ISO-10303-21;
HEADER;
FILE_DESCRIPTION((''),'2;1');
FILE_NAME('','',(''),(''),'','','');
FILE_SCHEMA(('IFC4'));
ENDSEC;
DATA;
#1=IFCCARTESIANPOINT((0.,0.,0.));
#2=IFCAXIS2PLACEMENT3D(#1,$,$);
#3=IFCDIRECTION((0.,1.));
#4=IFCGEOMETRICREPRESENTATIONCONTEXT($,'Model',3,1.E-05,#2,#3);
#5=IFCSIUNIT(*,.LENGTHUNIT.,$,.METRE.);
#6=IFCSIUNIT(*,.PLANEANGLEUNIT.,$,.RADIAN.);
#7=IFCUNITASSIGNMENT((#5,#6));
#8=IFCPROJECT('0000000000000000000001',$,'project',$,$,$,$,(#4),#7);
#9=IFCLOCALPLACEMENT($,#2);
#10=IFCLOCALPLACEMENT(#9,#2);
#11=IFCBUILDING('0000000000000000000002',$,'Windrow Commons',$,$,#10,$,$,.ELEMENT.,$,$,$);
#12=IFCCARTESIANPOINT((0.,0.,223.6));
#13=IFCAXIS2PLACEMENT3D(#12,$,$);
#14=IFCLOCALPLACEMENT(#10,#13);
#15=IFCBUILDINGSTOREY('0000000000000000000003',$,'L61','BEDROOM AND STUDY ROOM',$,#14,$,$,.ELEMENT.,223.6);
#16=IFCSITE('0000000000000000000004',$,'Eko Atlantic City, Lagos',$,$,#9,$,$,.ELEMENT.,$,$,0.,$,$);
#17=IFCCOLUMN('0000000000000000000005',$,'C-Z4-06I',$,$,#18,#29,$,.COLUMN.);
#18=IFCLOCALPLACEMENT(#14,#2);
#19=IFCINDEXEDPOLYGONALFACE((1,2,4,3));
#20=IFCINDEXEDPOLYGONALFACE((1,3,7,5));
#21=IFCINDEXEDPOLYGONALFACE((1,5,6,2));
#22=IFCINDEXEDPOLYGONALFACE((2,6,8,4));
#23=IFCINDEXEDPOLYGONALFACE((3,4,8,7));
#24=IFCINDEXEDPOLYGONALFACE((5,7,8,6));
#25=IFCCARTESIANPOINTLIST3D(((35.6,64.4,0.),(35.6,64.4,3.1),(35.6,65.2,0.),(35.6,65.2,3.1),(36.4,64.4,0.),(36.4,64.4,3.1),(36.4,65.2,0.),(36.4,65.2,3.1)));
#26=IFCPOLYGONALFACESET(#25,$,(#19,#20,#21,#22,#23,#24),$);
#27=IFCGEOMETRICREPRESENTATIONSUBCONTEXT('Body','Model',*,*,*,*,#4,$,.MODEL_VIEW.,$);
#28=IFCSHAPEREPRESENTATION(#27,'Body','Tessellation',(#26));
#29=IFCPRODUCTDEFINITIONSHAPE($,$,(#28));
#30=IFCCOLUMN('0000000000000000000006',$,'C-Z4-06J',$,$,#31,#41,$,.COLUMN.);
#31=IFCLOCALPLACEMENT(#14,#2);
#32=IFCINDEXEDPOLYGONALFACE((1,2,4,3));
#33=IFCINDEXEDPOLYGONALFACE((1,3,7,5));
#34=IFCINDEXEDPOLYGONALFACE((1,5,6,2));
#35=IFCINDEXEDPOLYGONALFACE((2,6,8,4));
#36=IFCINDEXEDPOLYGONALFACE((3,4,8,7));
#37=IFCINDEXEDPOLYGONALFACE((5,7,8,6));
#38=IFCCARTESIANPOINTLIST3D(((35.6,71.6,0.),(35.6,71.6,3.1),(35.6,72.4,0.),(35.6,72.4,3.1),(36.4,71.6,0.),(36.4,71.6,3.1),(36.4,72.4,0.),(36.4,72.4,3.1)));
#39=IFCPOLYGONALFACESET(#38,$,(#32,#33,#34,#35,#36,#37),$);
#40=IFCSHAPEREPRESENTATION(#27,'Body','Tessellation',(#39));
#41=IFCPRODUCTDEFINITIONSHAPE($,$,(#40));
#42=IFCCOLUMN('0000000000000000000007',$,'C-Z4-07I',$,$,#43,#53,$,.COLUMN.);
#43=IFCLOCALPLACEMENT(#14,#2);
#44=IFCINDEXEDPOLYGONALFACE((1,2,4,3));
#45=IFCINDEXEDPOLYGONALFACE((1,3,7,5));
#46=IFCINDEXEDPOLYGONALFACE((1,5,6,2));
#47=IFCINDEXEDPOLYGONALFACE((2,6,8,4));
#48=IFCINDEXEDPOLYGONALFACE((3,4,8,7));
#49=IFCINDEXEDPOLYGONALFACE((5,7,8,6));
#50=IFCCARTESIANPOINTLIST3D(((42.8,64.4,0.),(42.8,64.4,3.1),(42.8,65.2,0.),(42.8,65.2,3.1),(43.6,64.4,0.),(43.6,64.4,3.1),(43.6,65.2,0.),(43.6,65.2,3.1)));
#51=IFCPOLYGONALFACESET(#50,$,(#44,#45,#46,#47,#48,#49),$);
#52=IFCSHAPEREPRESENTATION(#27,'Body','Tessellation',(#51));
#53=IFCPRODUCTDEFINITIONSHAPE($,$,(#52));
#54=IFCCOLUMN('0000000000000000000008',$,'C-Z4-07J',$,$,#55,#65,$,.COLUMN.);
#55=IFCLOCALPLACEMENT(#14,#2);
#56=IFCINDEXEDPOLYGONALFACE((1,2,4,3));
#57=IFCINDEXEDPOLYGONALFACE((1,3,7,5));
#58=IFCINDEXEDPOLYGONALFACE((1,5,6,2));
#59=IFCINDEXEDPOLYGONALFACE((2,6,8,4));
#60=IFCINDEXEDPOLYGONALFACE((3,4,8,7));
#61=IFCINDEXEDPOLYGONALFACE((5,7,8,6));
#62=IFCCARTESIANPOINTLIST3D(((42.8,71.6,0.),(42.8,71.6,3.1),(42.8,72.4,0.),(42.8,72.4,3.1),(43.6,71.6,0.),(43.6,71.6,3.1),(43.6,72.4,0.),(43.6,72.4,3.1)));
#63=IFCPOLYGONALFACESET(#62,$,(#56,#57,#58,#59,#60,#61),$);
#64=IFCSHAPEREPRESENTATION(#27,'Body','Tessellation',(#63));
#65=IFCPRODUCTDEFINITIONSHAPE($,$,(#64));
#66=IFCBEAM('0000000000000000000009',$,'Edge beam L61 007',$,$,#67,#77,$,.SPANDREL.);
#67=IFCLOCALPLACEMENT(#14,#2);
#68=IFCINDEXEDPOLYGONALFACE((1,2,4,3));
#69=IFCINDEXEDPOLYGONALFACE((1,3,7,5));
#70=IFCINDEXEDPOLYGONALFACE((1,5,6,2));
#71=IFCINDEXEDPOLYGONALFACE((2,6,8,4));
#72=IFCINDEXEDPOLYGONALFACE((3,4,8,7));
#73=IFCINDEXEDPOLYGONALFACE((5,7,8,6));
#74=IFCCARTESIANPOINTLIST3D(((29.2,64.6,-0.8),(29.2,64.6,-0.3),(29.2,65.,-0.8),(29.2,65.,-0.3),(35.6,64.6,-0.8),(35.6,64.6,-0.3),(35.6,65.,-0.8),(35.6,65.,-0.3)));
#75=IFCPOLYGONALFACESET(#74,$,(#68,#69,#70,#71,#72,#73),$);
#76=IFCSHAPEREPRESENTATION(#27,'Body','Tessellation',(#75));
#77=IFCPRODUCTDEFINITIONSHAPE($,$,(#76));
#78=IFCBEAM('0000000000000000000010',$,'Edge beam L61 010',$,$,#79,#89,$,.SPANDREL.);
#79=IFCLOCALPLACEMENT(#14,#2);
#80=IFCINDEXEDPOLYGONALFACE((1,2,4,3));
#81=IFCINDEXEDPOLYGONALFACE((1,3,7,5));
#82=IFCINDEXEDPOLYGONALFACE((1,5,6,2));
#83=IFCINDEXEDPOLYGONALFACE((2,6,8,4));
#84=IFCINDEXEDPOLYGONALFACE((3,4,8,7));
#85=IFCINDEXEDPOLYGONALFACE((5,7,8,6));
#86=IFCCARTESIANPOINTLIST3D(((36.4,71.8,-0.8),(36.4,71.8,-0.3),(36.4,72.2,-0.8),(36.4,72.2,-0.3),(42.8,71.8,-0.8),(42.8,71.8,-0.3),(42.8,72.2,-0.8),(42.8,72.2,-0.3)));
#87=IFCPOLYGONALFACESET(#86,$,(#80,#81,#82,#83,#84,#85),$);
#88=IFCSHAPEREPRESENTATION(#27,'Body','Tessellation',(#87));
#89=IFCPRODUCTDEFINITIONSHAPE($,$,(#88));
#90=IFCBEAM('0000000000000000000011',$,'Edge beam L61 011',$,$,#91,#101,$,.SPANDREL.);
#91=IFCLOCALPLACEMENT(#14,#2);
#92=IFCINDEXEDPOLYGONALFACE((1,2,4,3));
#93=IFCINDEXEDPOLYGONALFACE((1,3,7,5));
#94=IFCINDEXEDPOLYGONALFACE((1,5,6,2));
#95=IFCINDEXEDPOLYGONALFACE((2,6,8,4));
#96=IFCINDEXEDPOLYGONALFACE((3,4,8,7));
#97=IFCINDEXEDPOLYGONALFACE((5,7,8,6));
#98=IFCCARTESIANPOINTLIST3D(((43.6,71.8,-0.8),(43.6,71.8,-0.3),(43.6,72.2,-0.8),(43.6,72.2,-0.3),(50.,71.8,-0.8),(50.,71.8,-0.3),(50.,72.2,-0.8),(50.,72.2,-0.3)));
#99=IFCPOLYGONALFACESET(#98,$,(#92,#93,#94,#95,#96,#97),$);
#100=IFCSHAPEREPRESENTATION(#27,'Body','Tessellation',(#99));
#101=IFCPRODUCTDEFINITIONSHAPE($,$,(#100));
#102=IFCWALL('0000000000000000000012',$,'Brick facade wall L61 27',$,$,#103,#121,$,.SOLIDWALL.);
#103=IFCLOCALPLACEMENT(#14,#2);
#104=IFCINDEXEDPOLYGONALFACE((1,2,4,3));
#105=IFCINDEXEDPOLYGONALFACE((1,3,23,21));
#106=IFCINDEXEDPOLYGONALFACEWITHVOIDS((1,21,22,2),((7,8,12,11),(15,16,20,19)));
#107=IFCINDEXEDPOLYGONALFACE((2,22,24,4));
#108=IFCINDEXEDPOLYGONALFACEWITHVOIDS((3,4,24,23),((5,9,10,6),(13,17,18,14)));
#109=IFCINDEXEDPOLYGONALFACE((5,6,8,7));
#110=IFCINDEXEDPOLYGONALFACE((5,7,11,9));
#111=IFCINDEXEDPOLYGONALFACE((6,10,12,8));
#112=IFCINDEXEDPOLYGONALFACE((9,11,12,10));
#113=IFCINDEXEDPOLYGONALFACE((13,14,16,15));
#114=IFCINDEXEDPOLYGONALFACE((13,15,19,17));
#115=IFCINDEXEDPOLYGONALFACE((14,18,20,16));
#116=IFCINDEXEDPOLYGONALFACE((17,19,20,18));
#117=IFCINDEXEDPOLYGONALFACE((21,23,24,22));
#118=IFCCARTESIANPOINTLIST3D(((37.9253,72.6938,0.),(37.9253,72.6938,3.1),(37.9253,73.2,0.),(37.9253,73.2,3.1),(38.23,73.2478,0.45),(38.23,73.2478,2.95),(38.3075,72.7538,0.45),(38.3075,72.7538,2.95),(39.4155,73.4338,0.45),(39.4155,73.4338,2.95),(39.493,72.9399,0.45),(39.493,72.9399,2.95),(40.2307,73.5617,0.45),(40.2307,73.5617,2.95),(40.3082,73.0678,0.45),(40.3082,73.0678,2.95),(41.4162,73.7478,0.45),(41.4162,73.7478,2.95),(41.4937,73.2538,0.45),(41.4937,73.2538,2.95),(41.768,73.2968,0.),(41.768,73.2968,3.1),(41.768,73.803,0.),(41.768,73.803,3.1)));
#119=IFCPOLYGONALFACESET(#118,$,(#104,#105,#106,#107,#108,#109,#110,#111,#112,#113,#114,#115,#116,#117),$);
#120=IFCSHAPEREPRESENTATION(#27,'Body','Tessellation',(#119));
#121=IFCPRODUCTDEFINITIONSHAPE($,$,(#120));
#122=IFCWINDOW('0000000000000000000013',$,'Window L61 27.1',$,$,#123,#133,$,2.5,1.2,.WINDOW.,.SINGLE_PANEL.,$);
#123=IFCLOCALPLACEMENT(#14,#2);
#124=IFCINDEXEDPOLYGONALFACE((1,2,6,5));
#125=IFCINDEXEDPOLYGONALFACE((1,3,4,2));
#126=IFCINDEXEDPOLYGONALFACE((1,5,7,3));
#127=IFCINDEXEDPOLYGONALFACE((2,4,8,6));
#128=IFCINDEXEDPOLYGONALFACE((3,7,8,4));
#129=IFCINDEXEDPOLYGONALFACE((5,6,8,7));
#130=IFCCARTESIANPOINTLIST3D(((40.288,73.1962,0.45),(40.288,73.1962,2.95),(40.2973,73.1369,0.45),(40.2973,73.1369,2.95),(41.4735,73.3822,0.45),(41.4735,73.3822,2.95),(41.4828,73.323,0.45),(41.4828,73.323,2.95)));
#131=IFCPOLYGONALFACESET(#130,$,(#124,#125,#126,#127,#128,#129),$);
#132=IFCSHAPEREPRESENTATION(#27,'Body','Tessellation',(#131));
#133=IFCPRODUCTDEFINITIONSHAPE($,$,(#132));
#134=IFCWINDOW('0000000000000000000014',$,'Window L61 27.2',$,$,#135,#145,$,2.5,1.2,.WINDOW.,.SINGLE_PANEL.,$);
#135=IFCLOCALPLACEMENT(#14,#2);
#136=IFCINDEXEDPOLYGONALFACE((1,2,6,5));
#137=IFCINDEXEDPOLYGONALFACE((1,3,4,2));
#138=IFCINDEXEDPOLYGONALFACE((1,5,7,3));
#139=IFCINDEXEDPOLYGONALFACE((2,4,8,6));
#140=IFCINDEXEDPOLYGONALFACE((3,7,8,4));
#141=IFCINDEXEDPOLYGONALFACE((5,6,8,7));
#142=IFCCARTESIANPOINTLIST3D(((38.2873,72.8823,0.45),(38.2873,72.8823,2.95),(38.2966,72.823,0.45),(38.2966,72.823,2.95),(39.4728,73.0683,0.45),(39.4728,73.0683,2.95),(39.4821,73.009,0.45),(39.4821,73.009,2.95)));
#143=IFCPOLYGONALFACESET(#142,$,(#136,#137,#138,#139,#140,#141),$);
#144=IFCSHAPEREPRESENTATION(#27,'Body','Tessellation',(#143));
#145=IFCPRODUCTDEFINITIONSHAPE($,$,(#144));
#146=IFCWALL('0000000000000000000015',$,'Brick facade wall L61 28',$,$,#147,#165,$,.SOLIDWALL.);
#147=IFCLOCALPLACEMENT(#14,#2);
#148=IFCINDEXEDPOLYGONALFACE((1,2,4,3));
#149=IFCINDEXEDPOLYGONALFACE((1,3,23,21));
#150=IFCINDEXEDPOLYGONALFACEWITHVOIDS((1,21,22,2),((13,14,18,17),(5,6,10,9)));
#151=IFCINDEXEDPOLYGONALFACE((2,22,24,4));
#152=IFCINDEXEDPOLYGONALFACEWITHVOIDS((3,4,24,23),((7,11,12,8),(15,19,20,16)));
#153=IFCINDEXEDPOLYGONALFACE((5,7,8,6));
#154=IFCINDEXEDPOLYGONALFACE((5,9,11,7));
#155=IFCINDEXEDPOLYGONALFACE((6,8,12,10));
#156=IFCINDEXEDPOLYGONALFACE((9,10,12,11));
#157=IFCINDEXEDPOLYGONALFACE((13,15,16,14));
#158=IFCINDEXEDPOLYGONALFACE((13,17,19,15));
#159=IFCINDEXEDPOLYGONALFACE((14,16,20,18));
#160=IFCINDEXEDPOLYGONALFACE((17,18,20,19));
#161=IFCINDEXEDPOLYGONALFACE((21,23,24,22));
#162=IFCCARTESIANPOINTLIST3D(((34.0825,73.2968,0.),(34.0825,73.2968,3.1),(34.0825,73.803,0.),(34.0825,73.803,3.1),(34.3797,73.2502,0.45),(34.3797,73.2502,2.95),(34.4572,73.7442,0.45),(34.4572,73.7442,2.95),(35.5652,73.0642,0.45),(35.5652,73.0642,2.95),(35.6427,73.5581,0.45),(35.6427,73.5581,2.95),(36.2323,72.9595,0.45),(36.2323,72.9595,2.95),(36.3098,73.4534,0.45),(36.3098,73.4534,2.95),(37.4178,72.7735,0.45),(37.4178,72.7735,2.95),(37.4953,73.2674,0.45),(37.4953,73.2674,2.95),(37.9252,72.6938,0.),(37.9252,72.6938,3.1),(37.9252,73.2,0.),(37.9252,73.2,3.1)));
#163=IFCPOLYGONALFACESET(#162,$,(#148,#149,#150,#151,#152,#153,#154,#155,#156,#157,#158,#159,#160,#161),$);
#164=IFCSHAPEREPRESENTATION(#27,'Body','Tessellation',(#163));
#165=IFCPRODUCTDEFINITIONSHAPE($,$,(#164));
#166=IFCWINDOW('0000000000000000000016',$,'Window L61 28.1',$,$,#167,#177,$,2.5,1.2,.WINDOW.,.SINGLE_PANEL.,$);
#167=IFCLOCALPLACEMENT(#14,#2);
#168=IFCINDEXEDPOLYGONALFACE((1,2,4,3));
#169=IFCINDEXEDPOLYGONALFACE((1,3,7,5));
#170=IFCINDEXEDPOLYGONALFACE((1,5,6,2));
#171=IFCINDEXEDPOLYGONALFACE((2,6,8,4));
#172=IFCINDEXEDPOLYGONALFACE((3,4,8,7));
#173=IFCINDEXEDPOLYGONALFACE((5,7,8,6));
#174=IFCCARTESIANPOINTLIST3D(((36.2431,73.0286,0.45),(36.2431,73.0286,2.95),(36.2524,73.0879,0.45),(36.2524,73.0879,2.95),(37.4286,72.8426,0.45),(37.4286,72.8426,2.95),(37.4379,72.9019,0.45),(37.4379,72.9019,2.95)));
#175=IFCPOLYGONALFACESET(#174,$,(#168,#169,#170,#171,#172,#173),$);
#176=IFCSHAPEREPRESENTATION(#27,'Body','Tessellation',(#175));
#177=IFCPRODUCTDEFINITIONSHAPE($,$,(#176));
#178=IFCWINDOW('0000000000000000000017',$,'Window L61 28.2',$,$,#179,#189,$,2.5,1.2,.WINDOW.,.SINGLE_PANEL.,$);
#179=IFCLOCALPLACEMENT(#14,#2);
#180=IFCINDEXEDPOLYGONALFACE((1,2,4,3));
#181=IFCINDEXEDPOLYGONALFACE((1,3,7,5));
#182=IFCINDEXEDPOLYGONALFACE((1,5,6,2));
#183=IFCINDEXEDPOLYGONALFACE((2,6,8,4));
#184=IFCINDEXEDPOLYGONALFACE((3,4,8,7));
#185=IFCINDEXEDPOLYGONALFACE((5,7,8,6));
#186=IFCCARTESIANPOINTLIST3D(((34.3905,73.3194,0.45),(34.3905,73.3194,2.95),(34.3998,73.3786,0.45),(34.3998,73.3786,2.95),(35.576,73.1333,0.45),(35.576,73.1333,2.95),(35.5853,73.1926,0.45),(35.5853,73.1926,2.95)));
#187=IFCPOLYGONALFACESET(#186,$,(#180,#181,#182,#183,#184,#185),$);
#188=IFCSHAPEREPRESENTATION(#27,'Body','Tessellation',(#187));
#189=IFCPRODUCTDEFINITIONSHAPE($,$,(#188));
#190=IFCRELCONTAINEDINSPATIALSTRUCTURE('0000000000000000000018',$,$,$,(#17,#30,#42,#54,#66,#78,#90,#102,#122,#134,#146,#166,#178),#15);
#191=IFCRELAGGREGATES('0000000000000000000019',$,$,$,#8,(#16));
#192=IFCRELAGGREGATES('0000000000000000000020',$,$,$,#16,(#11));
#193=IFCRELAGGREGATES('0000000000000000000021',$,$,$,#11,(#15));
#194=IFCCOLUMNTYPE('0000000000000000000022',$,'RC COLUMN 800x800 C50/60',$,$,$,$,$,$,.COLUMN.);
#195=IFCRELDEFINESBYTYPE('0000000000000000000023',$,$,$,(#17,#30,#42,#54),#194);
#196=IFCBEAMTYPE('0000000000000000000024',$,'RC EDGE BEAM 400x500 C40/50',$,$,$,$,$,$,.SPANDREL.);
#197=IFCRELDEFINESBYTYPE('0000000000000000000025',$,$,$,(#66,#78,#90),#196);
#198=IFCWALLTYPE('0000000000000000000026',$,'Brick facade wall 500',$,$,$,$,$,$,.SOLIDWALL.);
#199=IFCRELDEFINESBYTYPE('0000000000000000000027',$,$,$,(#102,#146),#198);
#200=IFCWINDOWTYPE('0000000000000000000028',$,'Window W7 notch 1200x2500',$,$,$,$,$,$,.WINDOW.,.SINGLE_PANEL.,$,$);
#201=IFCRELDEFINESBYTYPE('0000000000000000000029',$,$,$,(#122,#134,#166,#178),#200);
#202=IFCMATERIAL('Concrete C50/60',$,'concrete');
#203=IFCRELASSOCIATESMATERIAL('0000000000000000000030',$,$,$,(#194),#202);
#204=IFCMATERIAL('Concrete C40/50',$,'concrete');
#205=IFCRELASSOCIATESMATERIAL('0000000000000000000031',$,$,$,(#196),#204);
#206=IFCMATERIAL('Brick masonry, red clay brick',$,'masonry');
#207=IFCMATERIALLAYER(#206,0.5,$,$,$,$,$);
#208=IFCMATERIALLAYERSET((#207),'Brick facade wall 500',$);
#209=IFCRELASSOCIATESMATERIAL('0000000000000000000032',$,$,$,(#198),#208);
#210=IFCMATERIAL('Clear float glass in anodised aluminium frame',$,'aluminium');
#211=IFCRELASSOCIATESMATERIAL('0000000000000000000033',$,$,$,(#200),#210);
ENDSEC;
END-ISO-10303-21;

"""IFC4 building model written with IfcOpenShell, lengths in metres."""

from ifc_helpers import new_model, si_unit, direction, frame, frame_2d, origin, origin_2d, place, context, subcontext, project, spatial, polyline, rectangle, outline, extrude, material, layer, layer_set, material_profile, profile_set, type_object, element, fill, save


model = new_model("IFC4")

# Units and contexts
model_context = context("Model", 3, precision=1e-05, world=origin(), true_north=direction((0.0, 1.0)))
body_context = subcontext(model_context, "Body", "Model", "MODEL_VIEW")
ifc_project = project(units=[si_unit("LENGTHUNIT", "METRE"), si_unit("PLANEANGLEUNIT", "RADIAN")], contexts=[model_context])

# Site, building, storey
site_placement = place(None, origin())
site = spatial("IfcSite", under=ifc_project, at=site_placement, Name="Eko Atlantic City, Lagos", CompositionType="ELEMENT", RefElevation=0.0)
building_placement = place(site_placement, origin())
building = spatial("IfcBuilding", under=site, at=building_placement, Name="Windrow Commons", CompositionType="ELEMENT")
storey_placement = place(building_placement, frame((0.0, 0.0, 223.6)))
storey = spatial("IfcBuildingStorey", under=building, at=storey_placement, Name="L61", Description="BEDROOM AND STUDY ROOM", CompositionType="ELEMENT", Elevation=223.6)

# Columns
ifc_material_1 = material(Name="Concrete C50/60", Category="concrete")
ifc_material_profile_1 = material_profile(ifc_material_1, rectangle(XDim=0.8, YDim=0.8, at=origin_2d()))
ifc_profile_set_1 = profile_set([ifc_material_profile_1], Name="Concrete C50/60")
column_type = type_object("IfcColumnType", Name="RC COLUMN 800x800 C50/60", PredefinedType="COLUMN", material=ifc_profile_set_1)
for number, where, z_axis, x_axis, name in (
    (1, (36.0, 64.8, 0.0), (0.0, 0.0, 1.0), (1.0, 0.0, 0.0), "C-Z4-06I"),
    (2, (36.0, 72.0, 0.0), (0.0, 0.0, 1.0), (1.0, 0.0, 0.0), "C-Z4-06J"),
    (3, (43.2, 64.8, 0.0), (0.0, 0.0, 1.0), (1.0, 0.0, 0.0), "C-Z4-07I"),
    (4, (43.2, 72.0, 0.0), (0.0, 0.0, 1.0), (1.0, 0.0, 0.0), "C-Z4-07J"),
):
    element("IfcColumn", number, at=place(storey_placement, frame(where, z_axis=z_axis, x_axis=x_axis)), inside=storey, type_object=column_type, Name=name, PredefinedType="COLUMN", context=body_context, shape_type="SweptSolid", body=[
        extrude(rectangle(XDim=0.8, YDim=0.8, at=origin_2d()), origin(), (0.0, 0.0, 1.0), 3.1),
    ])

# Beams
ifc_material_2 = material(Name="Concrete C40/50", Category="concrete")
ifc_material_profile_2 = material_profile(ifc_material_2, rectangle(XDim=0.4, YDim=0.5, at=origin_2d()))
ifc_profile_set_2 = profile_set([ifc_material_profile_2], Name="Concrete C40/50")
beam_type = type_object("IfcBeamType", Name="RC EDGE BEAM 400x500 C40/50", PredefinedType="SPANDREL", material=ifc_profile_set_2)
for number, where, z_axis, x_axis, name in (
    (5, (35.6, 64.8, -0.55), (-1.0, 0.0, 0.0), (0.0, -1.0, 0.0), "Edge beam L61 007"),
    (6, (36.4, 72.0, -0.55), (1.0, 0.0, 0.0), (0.0, 1.0, 0.0), "Edge beam L61 010"),
    (7, (43.6, 72.0, -0.55), (1.0, 0.0, 0.0), (0.0, 1.0, 0.0), "Edge beam L61 011"),
):
    element("IfcBeam", number, at=place(storey_placement, frame(where, z_axis=z_axis, x_axis=x_axis)), inside=storey, type_object=beam_type, Name=name, PredefinedType="SPANDREL", context=body_context, shape_type="SweptSolid", body=[
        extrude(rectangle(XDim=0.4, YDim=0.5, at=origin_2d()), origin(), (0.0, 0.0, 1.0), 6.4),
    ])

# Walls, openings, windows
ifc_material_3 = material(Name="Brick masonry, red clay brick", Category="masonry")
ifc_layer_1 = layer(ifc_material_3, 0.5)
ifc_layer_set_1 = layer_set([ifc_layer_1], Name="Brick facade wall 500")
wall_type_1 = type_object("IfcWallType", Name="Brick facade wall 500", PredefinedType="SOLIDWALL", material=ifc_layer_set_1)
wall_1_placement = place(storey_placement, frame((41.768, 73.5499, 0.0), z_axis=(0.0, 0.0, 1.0), x_axis=(-0.987911, -0.15502, 0.0)))
wall_1 = element("IfcWall", 8, at=wall_1_placement, inside=storey, type_object=wall_type_1, Name="Brick facade wall L61 27", PredefinedType="SOLIDWALL", context=body_context, shape_type="SweptSolid", body=[
    extrude(outline(polyline([(-0.0392, -0.25), (3.8505, -0.25), (3.929, 0.25), (0.0392, 0.25), (-0.0392, -0.25)])), origin(), (0.0, 0.0, 1.0), 3.1),
])
opening_1_placement = place(wall_1_placement, frame((0.3169, 0.0, 0.45)))
opening_1 = element("IfcOpeningElement", 9, at=opening_1_placement, cuts=wall_1, PredefinedType="OPENING", context=body_context, shape_type="SweptSolid", body=[
    extrude(rectangle(XDim=1.2, YDim=2.5, at=frame_2d((0.6, 1.25))), frame((0.0, 0.26, 0.0), z_axis=(0.0, -1.0, 0.0), x_axis=(1.0, 0.0, 0.0)), (0.0, 0.0, 1.0), 0.52),
])
opening_2_placement = place(wall_1_placement, frame((2.3421, 0.0, 0.45)))
opening_2 = element("IfcOpeningElement", 10, at=opening_2_placement, cuts=wall_1, PredefinedType="OPENING", context=body_context, shape_type="SweptSolid", body=[
    extrude(rectangle(XDim=1.2, YDim=2.5, at=frame_2d((0.6, 1.25))), frame((0.0, 0.26, 0.0), z_axis=(0.0, -1.0, 0.0), x_axis=(1.0, 0.0, 0.0)), (0.0, 0.0, 1.0), 0.52),
])
ifc_material_4 = material(Name="Clear float glass in anodised aluminium frame", Category="aluminium")
window_type = type_object("IfcWindowType", Name="Window W7 notch 1200x2500", PartitioningType="SINGLE_PANEL", PredefinedType="WINDOW", material=ifc_material_4)
window_1_placement = place(opening_1_placement, origin())
window_1 = element("IfcWindow", 11, at=window_1_placement, inside=storey, type_object=window_type, Name="Window L61 27.1", OverallHeight=2.5, OverallWidth=1.2, PartitioningType="SINGLE_PANEL", PredefinedType="WINDOW", context=body_context, shape_type="SweptSolid", body=[
    extrude(rectangle(XDim=1.2, YDim=2.5, at=frame_2d((0.6, 1.25))), frame((0.0, 0.18, 0.0), z_axis=(0.0, -1.0, 0.0), x_axis=(1.0, 0.0, 0.0)), (0.0, 0.0, 1.0), 0.06),
])
fill(opening_1, window_1)
window_2_placement = place(opening_2_placement, origin())
window_2 = element("IfcWindow", 12, at=window_2_placement, inside=storey, type_object=window_type, Name="Window L61 27.2", OverallHeight=2.5, OverallWidth=1.2, PartitioningType="SINGLE_PANEL", PredefinedType="WINDOW", context=body_context, shape_type="SweptSolid", body=[
    extrude(rectangle(XDim=1.2, YDim=2.5, at=frame_2d((0.6, 1.25))), frame((0.0, 0.18, 0.0), z_axis=(0.0, -1.0, 0.0), x_axis=(1.0, 0.0, 0.0)), (0.0, 0.0, 1.0), 0.06),
])
fill(opening_2, window_2)
wall_2_placement = place(storey_placement, frame((37.9252, 72.9469, 0.0), z_axis=(0.0, 0.0, 1.0), x_axis=(-0.987911, 0.155024, 0.0)))
wall_2 = element("IfcWall", 13, at=wall_2_placement, inside=storey, type_object=wall_type_1, Name="Brick facade wall L61 28", PredefinedType="SOLIDWALL", context=body_context, shape_type="SweptSolid", body=[
    extrude(outline(polyline([(0.0392, -0.25), (3.929, -0.25), (3.8505, 0.25), (-0.0392, 0.25), (0.0392, -0.25)])), origin(), (0.0, 0.0, 1.0), 3.1),
])
opening_3_placement = place(wall_2_placement, frame((0.4744, 0.0, 0.45)))
opening_3 = element("IfcOpeningElement", 14, at=opening_3_placement, cuts=wall_2, PredefinedType="OPENING", context=body_context, shape_type="SweptSolid", body=[
    extrude(rectangle(XDim=1.2, YDim=2.5, at=frame_2d((0.6, 1.25))), frame((0.0, 0.26, 0.0), z_axis=(0.0, -1.0, 0.0), x_axis=(1.0, 0.0, 0.0)), (0.0, 0.0, 1.0), 0.52),
])
opening_4_placement = place(wall_2_placement, frame((2.3497, 0.0, 0.45)))
opening_4 = element("IfcOpeningElement", 15, at=opening_4_placement, cuts=wall_2, PredefinedType="OPENING", context=body_context, shape_type="SweptSolid", body=[
    extrude(rectangle(XDim=1.2, YDim=2.5, at=frame_2d((0.6, 1.25))), frame((0.0, 0.26, 0.0), z_axis=(0.0, -1.0, 0.0), x_axis=(1.0, 0.0, 0.0)), (0.0, 0.0, 1.0), 0.52),
])
window_3_placement = place(opening_3_placement, origin())
window_3 = element("IfcWindow", 16, at=window_3_placement, inside=storey, type_object=window_type, Name="Window L61 28.1", OverallHeight=2.5, OverallWidth=1.2, PartitioningType="SINGLE_PANEL", PredefinedType="WINDOW", context=body_context, shape_type="SweptSolid", body=[
    extrude(rectangle(XDim=1.2, YDim=2.5, at=frame_2d((0.6, 1.25))), frame((0.0, 0.18, 0.0), z_axis=(0.0, -1.0, 0.0), x_axis=(1.0, 0.0, 0.0)), (0.0, 0.0, 1.0), 0.06),
])
fill(opening_3, window_3)
window_4_placement = place(opening_4_placement, origin())
window_4 = element("IfcWindow", 17, at=window_4_placement, inside=storey, type_object=window_type, Name="Window L61 28.2", OverallHeight=2.5, OverallWidth=1.2, PartitioningType="SINGLE_PANEL", PredefinedType="WINDOW", context=body_context, shape_type="SweptSolid", body=[
    extrude(rectangle(XDim=1.2, YDim=2.5, at=frame_2d((0.6, 1.25))), frame((0.0, 0.18, 0.0), z_axis=(0.0, -1.0, 0.0), x_axis=(1.0, 0.0, 0.0)), (0.0, 0.0, 1.0), 0.06),
])
fill(opening_4, window_4)

save(model, "model.ifc")
